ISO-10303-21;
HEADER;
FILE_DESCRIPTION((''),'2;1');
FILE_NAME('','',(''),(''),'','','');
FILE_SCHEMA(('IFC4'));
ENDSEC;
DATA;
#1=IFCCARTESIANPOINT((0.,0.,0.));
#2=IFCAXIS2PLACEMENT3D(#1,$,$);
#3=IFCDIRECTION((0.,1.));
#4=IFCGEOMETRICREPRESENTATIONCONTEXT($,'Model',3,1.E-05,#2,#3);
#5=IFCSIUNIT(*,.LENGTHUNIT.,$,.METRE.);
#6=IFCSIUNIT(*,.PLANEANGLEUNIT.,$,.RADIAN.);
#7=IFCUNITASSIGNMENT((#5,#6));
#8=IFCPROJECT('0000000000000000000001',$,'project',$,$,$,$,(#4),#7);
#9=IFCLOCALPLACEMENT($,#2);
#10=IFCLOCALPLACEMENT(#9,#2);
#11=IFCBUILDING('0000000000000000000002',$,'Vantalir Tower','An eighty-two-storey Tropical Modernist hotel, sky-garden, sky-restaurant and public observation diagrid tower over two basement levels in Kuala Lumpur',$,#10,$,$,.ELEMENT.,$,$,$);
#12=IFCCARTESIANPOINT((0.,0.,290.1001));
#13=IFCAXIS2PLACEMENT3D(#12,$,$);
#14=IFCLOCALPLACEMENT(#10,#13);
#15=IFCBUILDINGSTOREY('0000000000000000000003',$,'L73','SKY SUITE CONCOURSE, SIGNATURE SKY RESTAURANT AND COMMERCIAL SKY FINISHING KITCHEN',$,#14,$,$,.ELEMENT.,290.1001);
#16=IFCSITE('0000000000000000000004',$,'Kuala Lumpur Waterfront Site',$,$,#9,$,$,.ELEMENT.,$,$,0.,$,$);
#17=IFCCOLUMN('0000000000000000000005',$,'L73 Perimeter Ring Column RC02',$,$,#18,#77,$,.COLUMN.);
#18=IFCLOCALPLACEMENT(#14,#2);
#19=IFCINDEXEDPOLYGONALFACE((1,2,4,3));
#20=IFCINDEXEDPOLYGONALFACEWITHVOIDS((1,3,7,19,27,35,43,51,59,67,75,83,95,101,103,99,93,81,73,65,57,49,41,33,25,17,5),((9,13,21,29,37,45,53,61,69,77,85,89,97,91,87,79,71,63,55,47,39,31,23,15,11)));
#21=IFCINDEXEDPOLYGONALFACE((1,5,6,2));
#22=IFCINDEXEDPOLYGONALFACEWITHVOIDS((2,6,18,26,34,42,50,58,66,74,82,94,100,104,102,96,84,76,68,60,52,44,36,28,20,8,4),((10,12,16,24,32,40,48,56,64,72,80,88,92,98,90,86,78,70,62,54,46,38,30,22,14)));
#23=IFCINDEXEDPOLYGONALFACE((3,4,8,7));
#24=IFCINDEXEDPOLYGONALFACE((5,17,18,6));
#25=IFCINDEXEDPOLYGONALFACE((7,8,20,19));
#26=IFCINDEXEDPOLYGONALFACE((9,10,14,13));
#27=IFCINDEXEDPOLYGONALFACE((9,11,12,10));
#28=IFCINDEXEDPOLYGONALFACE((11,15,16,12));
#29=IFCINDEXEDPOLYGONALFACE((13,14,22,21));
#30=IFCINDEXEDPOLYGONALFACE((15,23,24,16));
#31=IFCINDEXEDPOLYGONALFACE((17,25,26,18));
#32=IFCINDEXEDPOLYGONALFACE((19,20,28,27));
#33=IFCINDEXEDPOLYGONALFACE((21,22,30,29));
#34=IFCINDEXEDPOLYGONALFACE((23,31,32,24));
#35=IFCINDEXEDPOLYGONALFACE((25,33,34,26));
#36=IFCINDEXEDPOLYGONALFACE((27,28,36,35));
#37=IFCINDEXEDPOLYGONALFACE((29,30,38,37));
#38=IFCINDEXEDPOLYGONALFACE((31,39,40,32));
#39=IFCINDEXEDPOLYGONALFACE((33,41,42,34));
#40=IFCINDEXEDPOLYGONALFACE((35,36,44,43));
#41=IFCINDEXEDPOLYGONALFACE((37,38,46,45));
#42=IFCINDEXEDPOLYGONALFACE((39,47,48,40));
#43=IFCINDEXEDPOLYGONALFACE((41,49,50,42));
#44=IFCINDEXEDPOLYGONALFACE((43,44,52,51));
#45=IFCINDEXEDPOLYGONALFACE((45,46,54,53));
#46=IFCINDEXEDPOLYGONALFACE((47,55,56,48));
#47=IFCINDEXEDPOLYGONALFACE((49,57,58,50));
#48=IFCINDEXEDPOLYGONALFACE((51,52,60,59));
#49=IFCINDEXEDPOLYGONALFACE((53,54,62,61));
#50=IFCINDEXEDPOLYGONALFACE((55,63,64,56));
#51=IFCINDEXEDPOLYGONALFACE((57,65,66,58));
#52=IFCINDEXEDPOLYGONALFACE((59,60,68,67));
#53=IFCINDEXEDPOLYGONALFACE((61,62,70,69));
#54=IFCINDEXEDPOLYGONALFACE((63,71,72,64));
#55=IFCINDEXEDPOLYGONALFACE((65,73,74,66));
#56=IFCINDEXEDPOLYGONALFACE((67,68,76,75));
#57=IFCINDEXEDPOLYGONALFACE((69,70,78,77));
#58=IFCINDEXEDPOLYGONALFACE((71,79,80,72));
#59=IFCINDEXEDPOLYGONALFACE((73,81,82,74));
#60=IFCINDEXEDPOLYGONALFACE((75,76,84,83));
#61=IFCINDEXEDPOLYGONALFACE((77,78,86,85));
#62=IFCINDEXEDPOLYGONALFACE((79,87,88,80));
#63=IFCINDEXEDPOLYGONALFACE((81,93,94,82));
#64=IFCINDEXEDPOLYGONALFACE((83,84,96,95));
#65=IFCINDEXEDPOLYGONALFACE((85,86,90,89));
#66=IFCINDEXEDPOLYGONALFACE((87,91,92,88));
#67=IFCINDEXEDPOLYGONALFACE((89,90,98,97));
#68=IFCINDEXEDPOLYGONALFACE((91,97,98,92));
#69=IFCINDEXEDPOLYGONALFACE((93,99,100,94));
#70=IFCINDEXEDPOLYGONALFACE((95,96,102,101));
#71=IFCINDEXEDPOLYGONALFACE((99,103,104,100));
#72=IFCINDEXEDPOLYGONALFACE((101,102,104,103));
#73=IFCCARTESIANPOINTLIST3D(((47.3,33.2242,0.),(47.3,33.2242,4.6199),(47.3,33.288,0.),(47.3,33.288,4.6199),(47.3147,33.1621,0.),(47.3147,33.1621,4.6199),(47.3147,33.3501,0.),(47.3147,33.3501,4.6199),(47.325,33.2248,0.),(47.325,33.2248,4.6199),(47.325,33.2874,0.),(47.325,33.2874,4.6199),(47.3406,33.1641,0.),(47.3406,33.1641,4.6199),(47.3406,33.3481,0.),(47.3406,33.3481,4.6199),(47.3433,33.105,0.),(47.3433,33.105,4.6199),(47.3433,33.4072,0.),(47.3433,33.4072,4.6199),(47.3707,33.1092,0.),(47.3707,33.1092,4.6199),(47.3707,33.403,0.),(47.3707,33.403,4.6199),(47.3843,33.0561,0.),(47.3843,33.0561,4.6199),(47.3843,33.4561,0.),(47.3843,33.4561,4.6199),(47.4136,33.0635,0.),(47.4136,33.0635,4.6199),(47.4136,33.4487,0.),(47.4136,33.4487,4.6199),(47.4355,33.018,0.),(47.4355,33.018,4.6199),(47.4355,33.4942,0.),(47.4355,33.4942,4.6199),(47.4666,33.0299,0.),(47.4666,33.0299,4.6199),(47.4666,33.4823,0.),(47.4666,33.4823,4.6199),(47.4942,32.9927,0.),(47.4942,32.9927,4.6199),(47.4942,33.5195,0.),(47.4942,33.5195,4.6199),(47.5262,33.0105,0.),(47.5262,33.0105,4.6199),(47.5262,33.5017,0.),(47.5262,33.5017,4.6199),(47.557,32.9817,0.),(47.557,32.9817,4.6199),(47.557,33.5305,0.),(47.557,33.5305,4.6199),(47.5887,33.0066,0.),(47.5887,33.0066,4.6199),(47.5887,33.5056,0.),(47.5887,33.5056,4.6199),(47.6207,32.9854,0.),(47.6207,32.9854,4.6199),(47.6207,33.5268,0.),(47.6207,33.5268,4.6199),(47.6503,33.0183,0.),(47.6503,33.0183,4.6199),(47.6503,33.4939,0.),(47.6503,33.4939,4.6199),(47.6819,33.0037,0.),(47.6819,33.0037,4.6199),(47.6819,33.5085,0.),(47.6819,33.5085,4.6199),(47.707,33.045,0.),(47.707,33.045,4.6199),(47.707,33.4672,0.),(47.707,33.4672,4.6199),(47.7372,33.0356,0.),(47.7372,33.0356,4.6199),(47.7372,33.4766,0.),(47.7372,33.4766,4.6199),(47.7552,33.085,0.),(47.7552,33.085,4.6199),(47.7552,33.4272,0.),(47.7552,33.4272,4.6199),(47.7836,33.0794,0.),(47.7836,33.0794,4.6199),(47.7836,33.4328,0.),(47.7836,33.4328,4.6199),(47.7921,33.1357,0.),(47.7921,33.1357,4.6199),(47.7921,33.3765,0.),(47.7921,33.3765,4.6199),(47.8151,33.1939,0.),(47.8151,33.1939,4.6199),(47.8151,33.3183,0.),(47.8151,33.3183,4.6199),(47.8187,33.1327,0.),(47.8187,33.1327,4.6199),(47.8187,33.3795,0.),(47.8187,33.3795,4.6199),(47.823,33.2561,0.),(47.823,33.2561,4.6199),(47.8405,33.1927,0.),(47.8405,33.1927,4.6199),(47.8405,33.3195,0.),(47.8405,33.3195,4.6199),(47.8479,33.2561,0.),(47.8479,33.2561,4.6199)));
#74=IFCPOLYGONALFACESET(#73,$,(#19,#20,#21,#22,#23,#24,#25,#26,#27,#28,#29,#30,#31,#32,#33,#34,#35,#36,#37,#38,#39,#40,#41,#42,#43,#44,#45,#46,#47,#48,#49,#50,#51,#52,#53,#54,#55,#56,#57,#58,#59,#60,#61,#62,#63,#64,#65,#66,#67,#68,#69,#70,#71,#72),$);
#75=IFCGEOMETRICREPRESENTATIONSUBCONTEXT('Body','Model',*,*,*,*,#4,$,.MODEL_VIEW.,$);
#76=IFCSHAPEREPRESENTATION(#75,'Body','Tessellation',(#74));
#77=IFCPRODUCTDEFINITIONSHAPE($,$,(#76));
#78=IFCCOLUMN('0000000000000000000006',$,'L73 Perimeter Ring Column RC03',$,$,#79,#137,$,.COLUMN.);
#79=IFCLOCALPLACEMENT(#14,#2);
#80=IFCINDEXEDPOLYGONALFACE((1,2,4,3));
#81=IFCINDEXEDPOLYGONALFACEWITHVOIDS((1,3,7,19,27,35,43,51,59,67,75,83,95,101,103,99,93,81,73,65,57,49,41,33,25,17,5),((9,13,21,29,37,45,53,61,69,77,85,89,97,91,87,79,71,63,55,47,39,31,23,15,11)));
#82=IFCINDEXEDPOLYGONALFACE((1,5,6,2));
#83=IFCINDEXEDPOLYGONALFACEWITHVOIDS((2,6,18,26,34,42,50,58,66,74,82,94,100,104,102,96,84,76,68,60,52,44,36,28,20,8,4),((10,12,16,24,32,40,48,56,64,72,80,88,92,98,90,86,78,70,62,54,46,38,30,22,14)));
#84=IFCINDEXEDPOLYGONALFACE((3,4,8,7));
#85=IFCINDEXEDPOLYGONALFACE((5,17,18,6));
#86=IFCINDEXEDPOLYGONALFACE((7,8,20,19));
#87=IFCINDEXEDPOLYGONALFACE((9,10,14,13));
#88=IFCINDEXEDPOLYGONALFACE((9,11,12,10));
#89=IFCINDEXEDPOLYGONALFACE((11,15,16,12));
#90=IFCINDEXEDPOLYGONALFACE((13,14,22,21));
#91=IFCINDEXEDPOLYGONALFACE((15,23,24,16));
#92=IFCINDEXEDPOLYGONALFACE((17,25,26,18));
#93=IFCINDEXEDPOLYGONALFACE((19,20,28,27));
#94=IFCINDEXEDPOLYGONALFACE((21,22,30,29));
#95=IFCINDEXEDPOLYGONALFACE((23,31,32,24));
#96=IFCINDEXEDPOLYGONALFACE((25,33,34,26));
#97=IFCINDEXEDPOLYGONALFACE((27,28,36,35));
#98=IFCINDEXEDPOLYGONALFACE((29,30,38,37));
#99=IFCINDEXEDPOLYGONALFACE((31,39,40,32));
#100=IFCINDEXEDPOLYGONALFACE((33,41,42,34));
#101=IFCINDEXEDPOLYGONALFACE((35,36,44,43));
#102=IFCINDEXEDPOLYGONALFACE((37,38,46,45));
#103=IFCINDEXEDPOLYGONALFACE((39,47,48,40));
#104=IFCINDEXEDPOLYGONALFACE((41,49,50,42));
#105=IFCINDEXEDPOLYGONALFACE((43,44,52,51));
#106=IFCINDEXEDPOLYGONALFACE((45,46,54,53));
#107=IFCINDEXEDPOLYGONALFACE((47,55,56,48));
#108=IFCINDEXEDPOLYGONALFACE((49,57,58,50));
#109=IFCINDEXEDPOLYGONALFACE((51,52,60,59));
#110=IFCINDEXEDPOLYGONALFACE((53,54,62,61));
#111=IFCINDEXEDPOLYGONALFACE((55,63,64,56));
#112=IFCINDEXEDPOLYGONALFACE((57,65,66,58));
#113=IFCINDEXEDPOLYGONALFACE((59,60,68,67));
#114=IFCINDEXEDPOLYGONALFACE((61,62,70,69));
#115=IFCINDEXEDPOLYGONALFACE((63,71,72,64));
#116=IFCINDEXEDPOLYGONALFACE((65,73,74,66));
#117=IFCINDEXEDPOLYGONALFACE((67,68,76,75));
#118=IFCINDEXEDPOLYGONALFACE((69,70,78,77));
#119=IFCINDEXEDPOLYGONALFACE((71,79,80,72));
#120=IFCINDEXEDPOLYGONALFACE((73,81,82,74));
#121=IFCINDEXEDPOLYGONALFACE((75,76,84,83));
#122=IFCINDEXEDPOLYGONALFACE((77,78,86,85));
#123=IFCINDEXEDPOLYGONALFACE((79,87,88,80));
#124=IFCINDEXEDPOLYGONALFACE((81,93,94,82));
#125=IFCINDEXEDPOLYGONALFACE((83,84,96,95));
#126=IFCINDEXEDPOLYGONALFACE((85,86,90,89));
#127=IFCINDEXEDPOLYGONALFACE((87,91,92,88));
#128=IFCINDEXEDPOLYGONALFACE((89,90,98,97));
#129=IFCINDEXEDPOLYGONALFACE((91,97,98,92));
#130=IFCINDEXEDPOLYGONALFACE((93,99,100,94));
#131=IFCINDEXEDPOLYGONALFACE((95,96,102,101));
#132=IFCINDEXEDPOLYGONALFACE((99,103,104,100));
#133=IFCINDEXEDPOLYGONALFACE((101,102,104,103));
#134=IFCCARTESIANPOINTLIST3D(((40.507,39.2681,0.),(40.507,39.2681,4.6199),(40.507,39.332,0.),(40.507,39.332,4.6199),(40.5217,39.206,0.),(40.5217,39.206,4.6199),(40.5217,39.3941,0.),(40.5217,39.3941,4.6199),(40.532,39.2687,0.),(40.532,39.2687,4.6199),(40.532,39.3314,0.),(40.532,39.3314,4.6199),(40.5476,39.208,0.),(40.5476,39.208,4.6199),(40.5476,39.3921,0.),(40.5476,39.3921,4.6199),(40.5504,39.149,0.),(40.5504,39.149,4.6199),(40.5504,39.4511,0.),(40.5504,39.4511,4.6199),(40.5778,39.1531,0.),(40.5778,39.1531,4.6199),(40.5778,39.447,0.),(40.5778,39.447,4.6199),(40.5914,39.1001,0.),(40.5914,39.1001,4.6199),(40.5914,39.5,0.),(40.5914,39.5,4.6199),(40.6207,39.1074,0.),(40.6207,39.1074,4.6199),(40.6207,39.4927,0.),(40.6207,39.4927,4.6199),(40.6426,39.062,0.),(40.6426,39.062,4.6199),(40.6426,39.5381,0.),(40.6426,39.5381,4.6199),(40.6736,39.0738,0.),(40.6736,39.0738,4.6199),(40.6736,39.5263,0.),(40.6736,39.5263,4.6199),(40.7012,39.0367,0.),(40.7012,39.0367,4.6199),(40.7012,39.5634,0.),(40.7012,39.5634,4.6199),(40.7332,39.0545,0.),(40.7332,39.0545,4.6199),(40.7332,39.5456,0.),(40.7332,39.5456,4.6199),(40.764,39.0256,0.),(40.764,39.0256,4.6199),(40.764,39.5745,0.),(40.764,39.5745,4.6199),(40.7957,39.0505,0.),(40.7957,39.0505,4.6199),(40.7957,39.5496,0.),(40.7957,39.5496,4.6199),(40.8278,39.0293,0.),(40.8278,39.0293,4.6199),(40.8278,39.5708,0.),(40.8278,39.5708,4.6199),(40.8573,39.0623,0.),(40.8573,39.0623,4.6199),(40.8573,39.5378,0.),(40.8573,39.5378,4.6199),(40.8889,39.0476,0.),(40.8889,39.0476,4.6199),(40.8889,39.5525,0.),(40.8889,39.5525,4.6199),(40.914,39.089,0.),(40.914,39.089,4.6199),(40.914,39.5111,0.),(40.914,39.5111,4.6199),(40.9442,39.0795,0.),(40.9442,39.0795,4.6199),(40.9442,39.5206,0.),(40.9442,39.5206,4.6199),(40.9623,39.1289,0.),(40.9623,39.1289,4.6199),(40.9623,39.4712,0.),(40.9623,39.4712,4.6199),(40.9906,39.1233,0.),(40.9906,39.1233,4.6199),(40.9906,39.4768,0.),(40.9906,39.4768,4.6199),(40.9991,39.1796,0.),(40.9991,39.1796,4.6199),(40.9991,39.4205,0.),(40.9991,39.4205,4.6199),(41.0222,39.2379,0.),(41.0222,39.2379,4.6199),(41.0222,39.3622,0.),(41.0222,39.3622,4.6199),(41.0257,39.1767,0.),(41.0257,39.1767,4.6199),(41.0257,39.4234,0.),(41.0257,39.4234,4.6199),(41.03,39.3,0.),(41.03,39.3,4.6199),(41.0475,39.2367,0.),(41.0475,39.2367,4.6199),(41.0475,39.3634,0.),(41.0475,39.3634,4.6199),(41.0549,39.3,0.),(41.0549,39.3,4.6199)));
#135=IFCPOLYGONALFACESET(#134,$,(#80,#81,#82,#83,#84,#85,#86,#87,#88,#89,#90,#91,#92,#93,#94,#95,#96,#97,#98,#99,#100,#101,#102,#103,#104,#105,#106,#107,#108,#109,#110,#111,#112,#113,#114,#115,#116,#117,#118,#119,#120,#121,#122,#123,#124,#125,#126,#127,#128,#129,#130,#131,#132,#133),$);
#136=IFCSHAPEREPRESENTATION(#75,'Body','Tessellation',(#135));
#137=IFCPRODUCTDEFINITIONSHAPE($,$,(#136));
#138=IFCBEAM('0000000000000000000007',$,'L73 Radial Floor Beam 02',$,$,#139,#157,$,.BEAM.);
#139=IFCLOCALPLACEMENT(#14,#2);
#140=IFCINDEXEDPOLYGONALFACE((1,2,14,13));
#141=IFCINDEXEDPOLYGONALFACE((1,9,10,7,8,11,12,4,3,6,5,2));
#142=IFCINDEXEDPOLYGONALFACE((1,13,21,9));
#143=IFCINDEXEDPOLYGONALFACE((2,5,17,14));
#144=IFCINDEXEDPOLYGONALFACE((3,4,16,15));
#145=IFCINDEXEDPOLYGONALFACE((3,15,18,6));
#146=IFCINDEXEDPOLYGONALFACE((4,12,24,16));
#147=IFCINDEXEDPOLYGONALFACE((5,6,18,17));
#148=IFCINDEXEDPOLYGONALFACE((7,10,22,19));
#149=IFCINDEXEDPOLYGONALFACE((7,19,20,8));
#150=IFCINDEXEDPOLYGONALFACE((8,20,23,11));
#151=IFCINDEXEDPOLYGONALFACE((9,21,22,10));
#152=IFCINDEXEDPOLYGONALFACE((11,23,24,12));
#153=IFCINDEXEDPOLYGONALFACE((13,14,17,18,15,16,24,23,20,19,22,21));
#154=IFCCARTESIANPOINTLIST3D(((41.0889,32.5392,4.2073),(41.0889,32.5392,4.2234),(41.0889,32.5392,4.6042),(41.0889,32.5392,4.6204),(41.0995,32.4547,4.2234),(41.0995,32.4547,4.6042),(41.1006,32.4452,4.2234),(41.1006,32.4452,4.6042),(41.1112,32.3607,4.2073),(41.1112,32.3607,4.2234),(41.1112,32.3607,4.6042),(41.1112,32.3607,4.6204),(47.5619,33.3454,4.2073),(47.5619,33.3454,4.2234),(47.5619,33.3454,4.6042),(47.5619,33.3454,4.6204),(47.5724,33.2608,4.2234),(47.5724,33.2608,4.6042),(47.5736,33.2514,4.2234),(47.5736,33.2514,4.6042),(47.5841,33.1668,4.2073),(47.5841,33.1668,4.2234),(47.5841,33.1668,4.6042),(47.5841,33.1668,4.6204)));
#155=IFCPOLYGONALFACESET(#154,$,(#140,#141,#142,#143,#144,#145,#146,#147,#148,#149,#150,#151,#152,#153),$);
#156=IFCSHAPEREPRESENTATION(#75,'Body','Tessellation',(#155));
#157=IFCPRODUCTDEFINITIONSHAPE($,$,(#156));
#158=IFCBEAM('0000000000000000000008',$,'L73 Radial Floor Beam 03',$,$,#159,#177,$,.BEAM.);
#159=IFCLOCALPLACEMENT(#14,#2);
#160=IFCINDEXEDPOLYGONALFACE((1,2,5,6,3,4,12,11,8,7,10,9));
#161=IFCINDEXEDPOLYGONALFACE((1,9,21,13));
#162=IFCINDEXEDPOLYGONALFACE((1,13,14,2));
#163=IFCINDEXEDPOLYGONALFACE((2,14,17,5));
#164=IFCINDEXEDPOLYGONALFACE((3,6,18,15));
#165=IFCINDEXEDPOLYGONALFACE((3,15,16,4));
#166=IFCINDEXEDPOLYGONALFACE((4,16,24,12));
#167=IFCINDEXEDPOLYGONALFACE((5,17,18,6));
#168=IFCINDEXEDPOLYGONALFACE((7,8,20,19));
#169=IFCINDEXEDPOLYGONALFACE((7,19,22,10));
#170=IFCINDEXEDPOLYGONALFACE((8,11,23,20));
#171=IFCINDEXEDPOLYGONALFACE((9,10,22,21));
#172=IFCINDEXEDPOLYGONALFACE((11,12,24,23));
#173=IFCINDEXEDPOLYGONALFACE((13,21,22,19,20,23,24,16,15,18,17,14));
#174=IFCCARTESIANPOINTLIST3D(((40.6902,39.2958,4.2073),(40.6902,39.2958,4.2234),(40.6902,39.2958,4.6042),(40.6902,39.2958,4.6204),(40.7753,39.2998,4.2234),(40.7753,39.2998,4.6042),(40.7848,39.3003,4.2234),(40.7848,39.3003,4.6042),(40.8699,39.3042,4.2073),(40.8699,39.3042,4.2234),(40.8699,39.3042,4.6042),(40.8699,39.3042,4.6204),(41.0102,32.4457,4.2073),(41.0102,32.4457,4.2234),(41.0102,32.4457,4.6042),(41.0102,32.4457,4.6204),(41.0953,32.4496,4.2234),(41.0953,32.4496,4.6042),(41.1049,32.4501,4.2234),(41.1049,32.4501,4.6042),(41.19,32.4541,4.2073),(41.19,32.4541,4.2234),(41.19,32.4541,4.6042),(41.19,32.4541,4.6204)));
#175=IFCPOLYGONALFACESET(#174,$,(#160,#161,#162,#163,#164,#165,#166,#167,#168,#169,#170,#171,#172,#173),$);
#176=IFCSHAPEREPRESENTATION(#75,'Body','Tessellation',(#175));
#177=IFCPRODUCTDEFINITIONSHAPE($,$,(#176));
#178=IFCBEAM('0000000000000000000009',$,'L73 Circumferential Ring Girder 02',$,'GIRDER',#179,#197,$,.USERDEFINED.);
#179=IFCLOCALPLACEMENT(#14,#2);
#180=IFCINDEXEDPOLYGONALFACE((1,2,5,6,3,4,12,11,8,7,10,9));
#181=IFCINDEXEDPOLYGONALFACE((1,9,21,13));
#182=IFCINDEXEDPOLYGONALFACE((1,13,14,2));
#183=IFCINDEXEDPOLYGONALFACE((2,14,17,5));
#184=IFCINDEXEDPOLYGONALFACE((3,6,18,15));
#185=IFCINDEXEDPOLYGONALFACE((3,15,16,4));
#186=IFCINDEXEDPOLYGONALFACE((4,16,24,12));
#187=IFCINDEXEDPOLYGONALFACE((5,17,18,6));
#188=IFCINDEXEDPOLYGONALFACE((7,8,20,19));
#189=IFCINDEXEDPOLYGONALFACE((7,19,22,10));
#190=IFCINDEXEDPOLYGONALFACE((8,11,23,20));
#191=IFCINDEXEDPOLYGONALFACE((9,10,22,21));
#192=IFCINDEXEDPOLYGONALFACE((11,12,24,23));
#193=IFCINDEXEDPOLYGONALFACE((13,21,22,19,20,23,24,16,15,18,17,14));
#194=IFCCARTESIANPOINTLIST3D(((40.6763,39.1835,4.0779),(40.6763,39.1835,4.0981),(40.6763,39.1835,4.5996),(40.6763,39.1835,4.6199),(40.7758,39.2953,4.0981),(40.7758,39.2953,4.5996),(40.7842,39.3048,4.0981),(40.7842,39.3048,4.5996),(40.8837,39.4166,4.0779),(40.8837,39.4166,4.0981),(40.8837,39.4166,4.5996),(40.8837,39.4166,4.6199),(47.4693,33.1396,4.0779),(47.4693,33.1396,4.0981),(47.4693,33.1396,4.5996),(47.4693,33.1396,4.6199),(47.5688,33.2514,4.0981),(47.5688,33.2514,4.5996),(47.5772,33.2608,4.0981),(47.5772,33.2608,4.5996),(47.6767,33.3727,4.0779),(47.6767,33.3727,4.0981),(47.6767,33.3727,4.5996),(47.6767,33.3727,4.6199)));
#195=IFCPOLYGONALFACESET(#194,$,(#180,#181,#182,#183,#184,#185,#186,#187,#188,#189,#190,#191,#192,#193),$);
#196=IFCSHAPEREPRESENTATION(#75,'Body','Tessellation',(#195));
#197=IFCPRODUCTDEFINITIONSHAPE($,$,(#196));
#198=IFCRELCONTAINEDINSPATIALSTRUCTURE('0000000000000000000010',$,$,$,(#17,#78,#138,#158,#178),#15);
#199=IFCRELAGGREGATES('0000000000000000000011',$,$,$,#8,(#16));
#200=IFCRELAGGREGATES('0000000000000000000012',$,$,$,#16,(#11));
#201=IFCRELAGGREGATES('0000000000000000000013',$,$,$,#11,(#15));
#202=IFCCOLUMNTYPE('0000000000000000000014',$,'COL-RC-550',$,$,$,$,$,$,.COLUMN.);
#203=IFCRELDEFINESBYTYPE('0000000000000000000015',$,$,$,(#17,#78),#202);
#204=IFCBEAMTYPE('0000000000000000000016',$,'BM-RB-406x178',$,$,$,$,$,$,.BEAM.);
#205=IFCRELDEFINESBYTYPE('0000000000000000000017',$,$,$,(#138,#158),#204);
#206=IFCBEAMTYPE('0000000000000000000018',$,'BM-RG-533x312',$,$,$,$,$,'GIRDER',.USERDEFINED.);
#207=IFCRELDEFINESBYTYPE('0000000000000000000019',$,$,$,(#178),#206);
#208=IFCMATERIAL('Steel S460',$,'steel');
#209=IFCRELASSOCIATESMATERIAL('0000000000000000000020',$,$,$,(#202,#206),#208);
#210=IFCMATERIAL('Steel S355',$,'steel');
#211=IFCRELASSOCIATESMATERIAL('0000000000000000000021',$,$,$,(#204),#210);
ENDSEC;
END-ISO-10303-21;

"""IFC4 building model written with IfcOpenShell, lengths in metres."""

from ifc_helpers import new_model, si_unit, direction, frame, origin, origin_2d, place, context, subcontext, project, spatial, hollow_circle, i_section, extrude, material, material_profile, profile_set, type_object, element, save


model = new_model("IFC4")

# Units and contexts
model_context = context("Model", 3, precision=1e-05, world=origin(), true_north=direction((0.0, 1.0)))
body_context = subcontext(model_context, "Body", "Model", "MODEL_VIEW")
ifc_project = project(units=[si_unit("LENGTHUNIT", "METRE"), si_unit("PLANEANGLEUNIT", "RADIAN")], contexts=[model_context])

# Site, building, storey
site_placement = place(None, origin())
site = spatial("IfcSite", under=ifc_project, at=site_placement, Name="Kuala Lumpur Waterfront Site", CompositionType="ELEMENT", RefElevation=0.0)
building_placement = place(site_placement, origin())
building = spatial("IfcBuilding", under=site, at=building_placement, Name="Vantalir Tower", Description="An eighty-two-storey Tropical Modernist hotel, sky-garden, sky-restaurant and public observation diagrid tower over two basement levels in Kuala Lumpur", CompositionType="ELEMENT")
storey_placement = place(building_placement, frame((0.0, 0.0, 290.1001)))
storey = spatial("IfcBuildingStorey", under=building, at=storey_placement, Name="L73", Description="SKY SUITE CONCOURSE, SIGNATURE SKY RESTAURANT AND COMMERCIAL SKY FINISHING KITCHEN", CompositionType="ELEMENT", Elevation=290.1001)

# Columns
ifc_material_1 = material(Name="Steel S460", Category="steel")
ifc_material_profile_1 = material_profile(ifc_material_1, hollow_circle(Radius=0.2749, WallThickness=0.0249, at=origin_2d()), Name="Steel S460")
ifc_profile_set_1 = profile_set([ifc_material_profile_1], Name="Steel S460")
column_type = type_object("IfcColumnType", Name="COL-RC-550", PredefinedType="COLUMN", material=ifc_profile_set_1)
for number, where, z_axis, x_axis, name in (
    (1, (47.573, 33.2561, 0.0), (0.0, 0.0, 1.0), (1.0, 0.0, 0.0), "L73 Perimeter Ring Column RC02"),
    (2, (40.78, 39.3, 0.0), (0.0, 0.0, 1.0), (1.0, 0.0, 0.0), "L73 Perimeter Ring Column RC03"),
):
    element("IfcColumn", number, at=place(storey_placement, frame(where, z_axis=z_axis, x_axis=x_axis)), inside=storey, type_object=column_type, Name=name, PredefinedType="COLUMN", context=body_context, shape_type="SweptSolid", body=[
        extrude(hollow_circle(Radius=0.2749, WallThickness=0.0249, at=origin_2d()), origin(), (0.0, 0.0, 1.0), 4.6199),
    ])

# Beams
ifc_material_2 = material(Name="Steel S355", Category="steel")
ifc_material_profile_2 = material_profile(ifc_material_2, i_section(OverallWidth=0.1799, OverallDepth=0.4131, WebThickness=0.0095, FlangeThickness=0.0161, at=origin_2d()), Name="Steel S355")
ifc_profile_set_2 = profile_set([ifc_material_profile_2], Name="Steel S355")
beam_type_1 = type_object("IfcBeamType", Name="BM-RB-406x178", PredefinedType="BEAM", material=ifc_profile_set_2)
beam_1_placement = place(storey_placement, frame((47.573, 33.2561, 4.4138), z_axis=(-0.992334, -0.123588, 0.0), x_axis=(0.123588, -0.992334, 0.0)))
element("IfcBeam", 3, at=beam_1_placement, inside=storey, type_object=beam_type_1, Name="L73 Radial Floor Beam 02", PredefinedType="BEAM", context=body_context, shape_type="SweptSolid", body=[
    extrude(i_section(OverallWidth=0.1799, OverallDepth=0.4131, WebThickness=0.0095, FlangeThickness=0.0161, at=origin_2d()), origin(), (0.0, 0.0, 1.0), 6.5229),
])
beam_2_placement = place(storey_placement, frame((40.78, 39.3, 4.4138), z_axis=(0.046674, -0.99891, 0.0), x_axis=(0.99891, 0.046674, 0.0)))
element("IfcBeam", 4, at=beam_2_placement, inside=storey, type_object=beam_type_1, Name="L73 Radial Floor Beam 03", PredefinedType="BEAM", context=body_context, shape_type="SweptSolid", body=[
    extrude(i_section(OverallWidth=0.1799, OverallDepth=0.4131, WebThickness=0.0095, FlangeThickness=0.0161, at=origin_2d()), origin(), (0.0, 0.0, 1.0), 6.8577),
])
ifc_material_profile_3 = material_profile(ifc_material_1, i_section(OverallWidth=0.312, OverallDepth=0.542, WebThickness=0.0127, FlangeThickness=0.0203, at=origin_2d()), Name="Steel S460")
ifc_profile_set_3 = profile_set([ifc_material_profile_3], Name="Steel S460")
beam_type_2 = type_object("IfcBeamType", Name="BM-RG-533x312", ElementType="GIRDER", PredefinedType="USERDEFINED", material=ifc_profile_set_3)
beam_3_placement = place(storey_placement, frame((47.573, 33.2561, 4.3489), z_axis=(-0.747095, 0.664717, 0.0), x_axis=(-0.664717, -0.747095, 0.0)))
element("IfcBeam", 5, at=beam_3_placement, inside=storey, type_object=beam_type_2, Name="L73 Circumferential Ring Girder 02", ObjectType="GIRDER", PredefinedType="USERDEFINED", context=body_context, shape_type="SweptSolid", body=[
    extrude(i_section(OverallWidth=0.312, OverallDepth=0.542, WebThickness=0.0127, FlangeThickness=0.0203, at=origin_2d()), origin(), (0.0, 0.0, 1.0), 9.0925),
])

save(model, "model.ifc")
